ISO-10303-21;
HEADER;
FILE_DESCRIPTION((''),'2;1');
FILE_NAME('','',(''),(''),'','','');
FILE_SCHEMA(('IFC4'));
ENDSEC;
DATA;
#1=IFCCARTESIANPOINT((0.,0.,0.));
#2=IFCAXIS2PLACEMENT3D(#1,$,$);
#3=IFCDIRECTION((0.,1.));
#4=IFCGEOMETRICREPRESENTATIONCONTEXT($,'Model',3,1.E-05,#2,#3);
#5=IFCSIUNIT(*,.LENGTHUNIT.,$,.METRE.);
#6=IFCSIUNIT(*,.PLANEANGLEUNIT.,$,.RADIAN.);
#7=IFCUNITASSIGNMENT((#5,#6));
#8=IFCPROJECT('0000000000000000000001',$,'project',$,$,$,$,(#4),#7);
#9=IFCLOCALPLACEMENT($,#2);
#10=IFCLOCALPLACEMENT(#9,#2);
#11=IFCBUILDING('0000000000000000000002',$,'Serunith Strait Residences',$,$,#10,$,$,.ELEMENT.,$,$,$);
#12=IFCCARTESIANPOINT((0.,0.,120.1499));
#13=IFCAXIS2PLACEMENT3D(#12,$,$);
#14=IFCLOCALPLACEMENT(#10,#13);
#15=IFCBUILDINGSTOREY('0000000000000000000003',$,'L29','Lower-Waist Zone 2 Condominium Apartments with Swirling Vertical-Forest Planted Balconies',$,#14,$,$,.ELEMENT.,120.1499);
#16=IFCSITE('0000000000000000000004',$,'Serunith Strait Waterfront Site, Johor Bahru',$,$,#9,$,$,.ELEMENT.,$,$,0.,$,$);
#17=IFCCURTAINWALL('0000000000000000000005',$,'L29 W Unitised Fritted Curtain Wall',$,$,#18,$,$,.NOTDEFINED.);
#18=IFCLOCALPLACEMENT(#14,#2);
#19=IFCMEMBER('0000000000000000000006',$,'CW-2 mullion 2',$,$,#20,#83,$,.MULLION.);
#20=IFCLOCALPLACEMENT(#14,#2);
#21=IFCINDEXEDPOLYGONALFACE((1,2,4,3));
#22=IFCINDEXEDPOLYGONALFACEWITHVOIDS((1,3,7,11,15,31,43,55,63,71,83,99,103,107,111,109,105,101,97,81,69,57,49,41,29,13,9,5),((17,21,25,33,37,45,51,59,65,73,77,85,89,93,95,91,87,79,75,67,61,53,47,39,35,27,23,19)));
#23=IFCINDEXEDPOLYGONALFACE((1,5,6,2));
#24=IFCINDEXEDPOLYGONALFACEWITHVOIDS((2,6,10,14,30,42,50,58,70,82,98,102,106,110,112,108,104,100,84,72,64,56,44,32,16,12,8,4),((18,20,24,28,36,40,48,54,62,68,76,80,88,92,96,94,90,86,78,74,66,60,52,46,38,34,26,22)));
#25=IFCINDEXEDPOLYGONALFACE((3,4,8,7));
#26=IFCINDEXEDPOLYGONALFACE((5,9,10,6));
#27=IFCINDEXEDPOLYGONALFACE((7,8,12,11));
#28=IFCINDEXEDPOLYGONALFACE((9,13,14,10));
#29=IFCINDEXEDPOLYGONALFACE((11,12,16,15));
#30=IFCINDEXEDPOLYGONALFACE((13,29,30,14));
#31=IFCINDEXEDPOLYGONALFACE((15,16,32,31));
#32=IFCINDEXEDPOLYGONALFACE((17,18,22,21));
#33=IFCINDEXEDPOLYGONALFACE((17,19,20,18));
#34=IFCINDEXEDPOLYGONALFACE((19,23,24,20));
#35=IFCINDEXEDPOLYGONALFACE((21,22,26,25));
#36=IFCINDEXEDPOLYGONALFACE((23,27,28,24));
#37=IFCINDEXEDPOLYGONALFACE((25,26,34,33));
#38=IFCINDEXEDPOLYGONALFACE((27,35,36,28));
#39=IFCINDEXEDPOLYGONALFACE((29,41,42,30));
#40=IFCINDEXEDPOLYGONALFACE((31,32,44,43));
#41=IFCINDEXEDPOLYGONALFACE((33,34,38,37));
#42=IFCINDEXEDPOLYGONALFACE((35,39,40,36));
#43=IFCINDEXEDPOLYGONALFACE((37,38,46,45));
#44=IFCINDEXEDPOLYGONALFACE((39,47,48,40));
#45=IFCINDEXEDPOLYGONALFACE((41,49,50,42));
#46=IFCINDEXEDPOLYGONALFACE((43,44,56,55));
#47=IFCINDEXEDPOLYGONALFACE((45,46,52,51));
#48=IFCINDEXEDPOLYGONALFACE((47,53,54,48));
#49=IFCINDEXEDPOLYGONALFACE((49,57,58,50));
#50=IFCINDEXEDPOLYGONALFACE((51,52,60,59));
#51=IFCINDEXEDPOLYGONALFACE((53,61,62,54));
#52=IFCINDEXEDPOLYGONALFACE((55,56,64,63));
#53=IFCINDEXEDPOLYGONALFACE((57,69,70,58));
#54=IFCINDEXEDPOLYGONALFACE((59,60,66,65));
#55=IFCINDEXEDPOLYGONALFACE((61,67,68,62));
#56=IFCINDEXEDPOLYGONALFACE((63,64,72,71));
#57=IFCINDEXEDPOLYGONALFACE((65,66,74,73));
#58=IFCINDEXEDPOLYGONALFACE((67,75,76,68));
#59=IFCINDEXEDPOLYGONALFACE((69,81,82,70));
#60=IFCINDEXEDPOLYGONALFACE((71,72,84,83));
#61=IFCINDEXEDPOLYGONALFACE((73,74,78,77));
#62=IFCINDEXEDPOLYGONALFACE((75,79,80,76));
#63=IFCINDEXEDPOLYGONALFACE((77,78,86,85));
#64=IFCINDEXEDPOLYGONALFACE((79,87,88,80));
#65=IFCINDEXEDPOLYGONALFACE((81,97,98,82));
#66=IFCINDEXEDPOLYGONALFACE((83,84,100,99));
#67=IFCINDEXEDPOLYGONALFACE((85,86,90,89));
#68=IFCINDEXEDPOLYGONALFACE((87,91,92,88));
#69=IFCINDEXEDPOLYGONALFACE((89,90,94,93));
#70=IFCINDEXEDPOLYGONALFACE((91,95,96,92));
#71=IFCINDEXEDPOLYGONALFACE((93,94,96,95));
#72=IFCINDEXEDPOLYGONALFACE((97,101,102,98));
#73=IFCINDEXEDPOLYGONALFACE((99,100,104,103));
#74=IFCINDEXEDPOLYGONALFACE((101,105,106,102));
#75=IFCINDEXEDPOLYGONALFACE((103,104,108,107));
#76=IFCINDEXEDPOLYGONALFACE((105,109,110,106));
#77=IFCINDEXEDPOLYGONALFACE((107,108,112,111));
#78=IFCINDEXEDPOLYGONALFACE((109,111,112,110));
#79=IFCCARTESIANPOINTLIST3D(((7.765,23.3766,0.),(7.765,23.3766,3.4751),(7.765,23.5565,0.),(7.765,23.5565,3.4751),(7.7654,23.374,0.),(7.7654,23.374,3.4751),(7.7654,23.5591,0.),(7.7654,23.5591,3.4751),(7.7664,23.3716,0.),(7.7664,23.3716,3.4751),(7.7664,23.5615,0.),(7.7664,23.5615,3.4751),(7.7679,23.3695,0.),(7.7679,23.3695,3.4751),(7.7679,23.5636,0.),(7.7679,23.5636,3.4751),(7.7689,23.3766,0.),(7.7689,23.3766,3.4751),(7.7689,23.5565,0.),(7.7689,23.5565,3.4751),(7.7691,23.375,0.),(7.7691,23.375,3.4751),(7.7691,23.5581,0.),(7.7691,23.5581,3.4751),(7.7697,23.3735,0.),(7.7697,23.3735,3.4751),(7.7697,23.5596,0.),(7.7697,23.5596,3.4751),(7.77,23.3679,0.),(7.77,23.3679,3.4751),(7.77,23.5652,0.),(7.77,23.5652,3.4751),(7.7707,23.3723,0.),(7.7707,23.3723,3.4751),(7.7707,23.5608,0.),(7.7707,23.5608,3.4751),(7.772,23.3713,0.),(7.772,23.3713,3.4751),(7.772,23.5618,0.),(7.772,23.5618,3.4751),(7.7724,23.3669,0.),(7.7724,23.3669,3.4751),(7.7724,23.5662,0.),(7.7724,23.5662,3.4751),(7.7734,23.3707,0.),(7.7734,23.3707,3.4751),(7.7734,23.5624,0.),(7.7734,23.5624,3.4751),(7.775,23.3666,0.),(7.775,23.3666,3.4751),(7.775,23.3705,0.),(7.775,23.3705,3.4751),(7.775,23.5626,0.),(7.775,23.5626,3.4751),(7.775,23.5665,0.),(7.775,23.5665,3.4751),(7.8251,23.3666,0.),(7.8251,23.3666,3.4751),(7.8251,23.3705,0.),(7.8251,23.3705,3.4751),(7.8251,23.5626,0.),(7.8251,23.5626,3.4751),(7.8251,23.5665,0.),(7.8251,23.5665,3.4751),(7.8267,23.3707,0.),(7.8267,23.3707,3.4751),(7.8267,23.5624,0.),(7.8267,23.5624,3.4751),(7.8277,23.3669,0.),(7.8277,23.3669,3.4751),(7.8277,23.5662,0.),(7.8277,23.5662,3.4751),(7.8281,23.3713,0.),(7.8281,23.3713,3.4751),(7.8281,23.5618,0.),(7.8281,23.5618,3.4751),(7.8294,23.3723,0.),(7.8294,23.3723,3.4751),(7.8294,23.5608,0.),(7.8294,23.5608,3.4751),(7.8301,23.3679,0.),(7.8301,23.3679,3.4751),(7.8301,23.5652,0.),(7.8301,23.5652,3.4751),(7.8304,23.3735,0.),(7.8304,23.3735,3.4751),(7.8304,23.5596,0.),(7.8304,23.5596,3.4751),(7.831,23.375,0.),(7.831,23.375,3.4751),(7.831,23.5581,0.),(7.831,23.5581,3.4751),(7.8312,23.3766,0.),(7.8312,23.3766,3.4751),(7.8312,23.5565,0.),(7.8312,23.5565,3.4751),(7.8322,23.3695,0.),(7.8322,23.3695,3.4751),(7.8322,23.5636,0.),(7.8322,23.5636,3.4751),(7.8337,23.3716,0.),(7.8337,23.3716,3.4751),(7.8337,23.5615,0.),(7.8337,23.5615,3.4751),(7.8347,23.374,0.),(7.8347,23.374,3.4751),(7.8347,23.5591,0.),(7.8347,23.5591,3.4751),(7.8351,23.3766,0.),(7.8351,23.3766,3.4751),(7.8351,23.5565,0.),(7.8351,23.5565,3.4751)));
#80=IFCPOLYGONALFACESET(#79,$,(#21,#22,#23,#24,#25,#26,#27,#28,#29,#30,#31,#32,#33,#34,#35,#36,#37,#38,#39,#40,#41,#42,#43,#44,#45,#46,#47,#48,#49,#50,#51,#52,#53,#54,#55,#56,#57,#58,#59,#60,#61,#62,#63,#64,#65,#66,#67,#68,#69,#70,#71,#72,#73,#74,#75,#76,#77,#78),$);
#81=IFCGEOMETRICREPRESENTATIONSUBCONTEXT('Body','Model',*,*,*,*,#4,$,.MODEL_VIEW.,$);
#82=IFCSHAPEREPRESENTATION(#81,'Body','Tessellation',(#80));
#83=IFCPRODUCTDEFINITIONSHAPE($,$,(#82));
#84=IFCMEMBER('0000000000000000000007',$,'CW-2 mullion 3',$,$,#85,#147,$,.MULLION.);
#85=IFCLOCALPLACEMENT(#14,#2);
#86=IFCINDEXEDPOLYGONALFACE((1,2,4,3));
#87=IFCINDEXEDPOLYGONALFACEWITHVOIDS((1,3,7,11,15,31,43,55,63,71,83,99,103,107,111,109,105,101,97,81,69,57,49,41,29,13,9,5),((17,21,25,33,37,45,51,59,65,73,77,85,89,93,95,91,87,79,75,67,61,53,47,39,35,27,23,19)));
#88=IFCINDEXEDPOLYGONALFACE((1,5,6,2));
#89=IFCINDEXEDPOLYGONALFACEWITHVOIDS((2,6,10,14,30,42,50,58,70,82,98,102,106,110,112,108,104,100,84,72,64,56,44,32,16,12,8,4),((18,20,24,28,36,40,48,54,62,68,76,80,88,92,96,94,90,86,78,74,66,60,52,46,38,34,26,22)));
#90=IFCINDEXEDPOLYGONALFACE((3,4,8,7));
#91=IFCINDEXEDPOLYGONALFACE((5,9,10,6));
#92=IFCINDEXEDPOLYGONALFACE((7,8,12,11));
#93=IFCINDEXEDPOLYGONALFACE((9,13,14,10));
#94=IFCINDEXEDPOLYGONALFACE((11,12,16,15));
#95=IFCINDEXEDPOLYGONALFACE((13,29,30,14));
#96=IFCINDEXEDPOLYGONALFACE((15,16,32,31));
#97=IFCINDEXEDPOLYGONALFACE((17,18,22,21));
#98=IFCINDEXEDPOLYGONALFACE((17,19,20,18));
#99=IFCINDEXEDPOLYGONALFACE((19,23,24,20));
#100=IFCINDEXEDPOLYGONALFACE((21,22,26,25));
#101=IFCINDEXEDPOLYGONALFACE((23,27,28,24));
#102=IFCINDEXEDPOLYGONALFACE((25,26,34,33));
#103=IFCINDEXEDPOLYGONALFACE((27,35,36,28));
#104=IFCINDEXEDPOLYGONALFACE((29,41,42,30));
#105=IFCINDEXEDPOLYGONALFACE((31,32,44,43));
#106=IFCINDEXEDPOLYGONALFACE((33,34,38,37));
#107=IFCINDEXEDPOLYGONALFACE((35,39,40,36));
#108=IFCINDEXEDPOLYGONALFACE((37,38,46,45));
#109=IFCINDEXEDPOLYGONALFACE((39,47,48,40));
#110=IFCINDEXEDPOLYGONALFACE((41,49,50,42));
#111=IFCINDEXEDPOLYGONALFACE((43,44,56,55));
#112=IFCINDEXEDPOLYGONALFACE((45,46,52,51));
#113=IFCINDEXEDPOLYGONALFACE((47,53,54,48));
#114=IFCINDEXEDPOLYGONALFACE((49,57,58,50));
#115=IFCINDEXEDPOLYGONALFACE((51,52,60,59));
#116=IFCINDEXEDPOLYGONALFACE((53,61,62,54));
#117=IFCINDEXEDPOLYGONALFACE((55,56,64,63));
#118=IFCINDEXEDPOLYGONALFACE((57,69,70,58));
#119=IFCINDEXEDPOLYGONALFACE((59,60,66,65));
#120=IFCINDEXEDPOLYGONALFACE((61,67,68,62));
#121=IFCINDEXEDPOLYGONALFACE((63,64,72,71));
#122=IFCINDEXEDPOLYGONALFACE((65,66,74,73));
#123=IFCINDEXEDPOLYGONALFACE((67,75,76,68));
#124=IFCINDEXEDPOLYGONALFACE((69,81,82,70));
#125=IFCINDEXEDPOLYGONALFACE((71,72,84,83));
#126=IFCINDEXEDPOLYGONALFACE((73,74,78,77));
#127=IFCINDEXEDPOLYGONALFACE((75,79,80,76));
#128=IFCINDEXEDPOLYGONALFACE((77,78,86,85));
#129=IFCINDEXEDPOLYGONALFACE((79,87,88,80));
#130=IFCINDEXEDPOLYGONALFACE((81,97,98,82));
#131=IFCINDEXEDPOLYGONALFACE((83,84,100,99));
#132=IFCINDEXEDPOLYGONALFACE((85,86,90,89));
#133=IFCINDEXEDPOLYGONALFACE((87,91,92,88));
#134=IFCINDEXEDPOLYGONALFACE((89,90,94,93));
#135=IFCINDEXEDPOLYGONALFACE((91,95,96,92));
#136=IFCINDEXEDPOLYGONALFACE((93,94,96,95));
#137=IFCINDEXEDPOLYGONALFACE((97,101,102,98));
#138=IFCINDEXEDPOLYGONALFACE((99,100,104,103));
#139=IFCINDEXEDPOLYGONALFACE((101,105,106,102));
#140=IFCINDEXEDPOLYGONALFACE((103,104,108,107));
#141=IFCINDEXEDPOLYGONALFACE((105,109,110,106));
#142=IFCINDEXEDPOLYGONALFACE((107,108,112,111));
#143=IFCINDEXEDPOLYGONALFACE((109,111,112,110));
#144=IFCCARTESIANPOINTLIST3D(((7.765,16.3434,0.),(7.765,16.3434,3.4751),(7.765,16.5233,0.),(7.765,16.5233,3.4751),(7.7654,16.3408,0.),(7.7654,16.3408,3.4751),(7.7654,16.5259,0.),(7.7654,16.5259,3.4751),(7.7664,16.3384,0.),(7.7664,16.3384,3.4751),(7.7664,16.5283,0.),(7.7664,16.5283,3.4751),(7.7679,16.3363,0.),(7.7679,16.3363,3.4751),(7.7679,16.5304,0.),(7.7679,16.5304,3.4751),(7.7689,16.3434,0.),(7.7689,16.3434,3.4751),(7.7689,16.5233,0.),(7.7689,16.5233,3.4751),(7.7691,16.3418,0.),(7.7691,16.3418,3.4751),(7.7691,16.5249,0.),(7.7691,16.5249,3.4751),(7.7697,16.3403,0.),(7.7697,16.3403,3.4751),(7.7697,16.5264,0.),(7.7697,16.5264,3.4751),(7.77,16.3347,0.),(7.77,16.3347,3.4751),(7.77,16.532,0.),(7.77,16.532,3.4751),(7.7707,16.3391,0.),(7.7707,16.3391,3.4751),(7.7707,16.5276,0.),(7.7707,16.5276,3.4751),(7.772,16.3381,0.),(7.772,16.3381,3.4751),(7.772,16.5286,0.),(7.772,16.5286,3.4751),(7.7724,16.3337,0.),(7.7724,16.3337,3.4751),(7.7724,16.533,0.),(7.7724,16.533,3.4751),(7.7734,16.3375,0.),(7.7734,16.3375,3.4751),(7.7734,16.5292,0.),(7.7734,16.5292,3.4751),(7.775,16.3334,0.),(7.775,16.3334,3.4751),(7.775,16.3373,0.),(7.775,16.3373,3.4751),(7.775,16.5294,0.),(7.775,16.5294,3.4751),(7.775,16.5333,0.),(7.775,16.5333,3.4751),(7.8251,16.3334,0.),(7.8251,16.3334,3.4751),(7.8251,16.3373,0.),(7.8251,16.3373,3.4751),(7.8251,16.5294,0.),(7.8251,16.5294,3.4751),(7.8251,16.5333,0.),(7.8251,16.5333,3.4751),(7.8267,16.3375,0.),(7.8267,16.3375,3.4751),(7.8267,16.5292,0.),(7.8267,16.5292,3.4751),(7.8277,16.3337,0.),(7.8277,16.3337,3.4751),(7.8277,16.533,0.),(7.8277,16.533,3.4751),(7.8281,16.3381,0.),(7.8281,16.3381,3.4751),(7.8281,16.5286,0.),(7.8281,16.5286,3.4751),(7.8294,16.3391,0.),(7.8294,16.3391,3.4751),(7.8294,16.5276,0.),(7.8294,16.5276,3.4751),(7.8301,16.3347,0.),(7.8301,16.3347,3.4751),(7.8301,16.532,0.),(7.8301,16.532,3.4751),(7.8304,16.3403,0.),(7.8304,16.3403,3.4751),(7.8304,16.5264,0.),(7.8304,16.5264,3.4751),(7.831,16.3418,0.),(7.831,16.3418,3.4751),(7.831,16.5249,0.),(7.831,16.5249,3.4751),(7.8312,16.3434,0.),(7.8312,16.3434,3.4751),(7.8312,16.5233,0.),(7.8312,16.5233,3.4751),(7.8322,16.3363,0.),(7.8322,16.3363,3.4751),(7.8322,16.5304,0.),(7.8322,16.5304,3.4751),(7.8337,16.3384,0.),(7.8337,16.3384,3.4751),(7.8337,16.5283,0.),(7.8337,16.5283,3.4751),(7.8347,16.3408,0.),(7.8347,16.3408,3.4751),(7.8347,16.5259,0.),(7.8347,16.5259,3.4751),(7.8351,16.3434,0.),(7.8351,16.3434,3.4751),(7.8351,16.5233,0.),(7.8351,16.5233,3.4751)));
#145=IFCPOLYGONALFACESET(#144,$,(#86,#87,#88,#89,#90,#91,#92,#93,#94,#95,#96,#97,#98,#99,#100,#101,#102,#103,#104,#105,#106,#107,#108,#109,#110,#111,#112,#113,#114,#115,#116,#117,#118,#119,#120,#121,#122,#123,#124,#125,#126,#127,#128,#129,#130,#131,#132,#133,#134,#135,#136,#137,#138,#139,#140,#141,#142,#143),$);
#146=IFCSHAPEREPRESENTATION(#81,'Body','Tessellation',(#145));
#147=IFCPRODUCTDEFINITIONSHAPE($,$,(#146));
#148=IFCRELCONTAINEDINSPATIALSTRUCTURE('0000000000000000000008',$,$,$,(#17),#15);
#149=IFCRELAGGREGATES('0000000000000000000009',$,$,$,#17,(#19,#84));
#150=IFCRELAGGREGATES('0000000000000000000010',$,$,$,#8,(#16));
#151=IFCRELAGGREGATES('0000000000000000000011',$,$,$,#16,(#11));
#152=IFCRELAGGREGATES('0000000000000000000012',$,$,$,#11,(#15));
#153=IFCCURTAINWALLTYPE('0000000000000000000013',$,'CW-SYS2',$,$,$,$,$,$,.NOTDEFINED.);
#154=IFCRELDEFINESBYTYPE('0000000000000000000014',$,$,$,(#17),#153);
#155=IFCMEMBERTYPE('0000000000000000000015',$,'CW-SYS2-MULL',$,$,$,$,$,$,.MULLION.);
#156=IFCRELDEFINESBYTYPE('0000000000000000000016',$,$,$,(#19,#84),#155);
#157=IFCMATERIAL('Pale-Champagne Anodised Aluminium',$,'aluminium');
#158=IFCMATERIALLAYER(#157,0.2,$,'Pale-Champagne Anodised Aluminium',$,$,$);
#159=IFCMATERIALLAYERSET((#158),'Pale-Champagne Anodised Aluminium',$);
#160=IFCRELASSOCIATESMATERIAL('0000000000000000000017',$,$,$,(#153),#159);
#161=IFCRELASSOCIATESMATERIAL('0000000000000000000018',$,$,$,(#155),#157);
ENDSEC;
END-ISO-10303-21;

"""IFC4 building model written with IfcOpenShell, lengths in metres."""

from ifc_helpers import new_model, si_unit, direction, frame, origin, origin_2d, place, context, subcontext, project, spatial, hollow_rectangle, extrude, source, transform, mapped, material, layer, layer_set, material_profile, profile_set, type_object, element, aggregate, save


model = new_model("IFC4")

# Units and contexts
model_context = context("Model", 3, precision=1e-05, world=origin(), true_north=direction((0.0, 1.0)))
body_context = subcontext(model_context, "Body", "Model", "MODEL_VIEW")
ifc_project = project(units=[si_unit("LENGTHUNIT", "METRE"), si_unit("PLANEANGLEUNIT", "RADIAN")], contexts=[model_context])

# Site, building, storey
site_placement = place(None, origin())
site = spatial("IfcSite", under=ifc_project, at=site_placement, Name="Serunith Strait Waterfront Site, Johor Bahru", CompositionType="ELEMENT", RefElevation=0.0)
building_placement = place(site_placement, origin())
building = spatial("IfcBuilding", under=site, at=building_placement, Name="Serunith Strait Residences", CompositionType="ELEMENT")
storey_placement = place(building_placement, frame((0.0, 0.0, 120.1499)))
storey = spatial("IfcBuildingStorey", under=building, at=storey_placement, Name="L29", Description="Lower-Waist Zone 2 Condominium Apartments with Swirling Vertical-Forest Planted Balconies", CompositionType="ELEMENT", Elevation=120.1499)

# Curtain wall, members
ifc_material_1 = material(Name="Pale-Champagne Anodised Aluminium", Category="aluminium")
ifc_layer_1 = layer(ifc_material_1, 0.2, Name="Pale-Champagne Anodised Aluminium")
ifc_layer_set_1 = layer_set([ifc_layer_1], Name="Pale-Champagne Anodised Aluminium")
curtain_wall_type = type_object("IfcCurtainWallType", Name="CW-SYS2", PredefinedType="NOTDEFINED", material=ifc_layer_set_1)
curtain_wall_placement = place(storey_placement, origin())
curtain_wall = element("IfcCurtainWall", 1, at=curtain_wall_placement, inside=storey, type_object=curtain_wall_type, Name="L29 W Unitised Fritted Curtain Wall", PredefinedType="NOTDEFINED")
ifc_material_profile_1 = material_profile(ifc_material_1, hollow_rectangle(XDim=0.0701, YDim=0.2, WallThickness=0.0039, InnerFilletRadius=0.0061, OuterFilletRadius=0.01, at=origin_2d()), Name="ALU 200x70x4")
ifc_profile_set_1 = profile_set([ifc_material_profile_1], Name="Pale-Champagne Anodised Aluminium")
member_type_1 = type_object("IfcMemberType", Name="CW-SYS2-MULL", PredefinedType="MULLION", material=ifc_profile_set_1)
shared_shape_1 = source(origin(), body_context, "Body", "SweptSolid", [
    extrude(hollow_rectangle(XDim=0.0701, YDim=0.2, WallThickness=0.0039, InnerFilletRadius=0.0061, OuterFilletRadius=0.01, at=origin_2d()), origin(), (0.0, 0.0, 1.0), 3.4751),
])
member_1_placement = place(storey_placement, frame((7.8, 23.4666, 0.0), z_axis=(0.0, 0.0, 1.0), x_axis=(1.0, 0.0, 0.0)))
member_1 = element("IfcMember", 2, at=member_1_placement, type_object=member_type_1, Name="CW-2 mullion 2", PredefinedType="MULLION", context=body_context, shape_type="MappedRepresentation", body=[
    mapped(shared_shape_1, transform((0.0, 0.0, 0.0), scale=1.0)),
])
member_2_placement = place(storey_placement, frame((7.8, 16.4333, 0.0), z_axis=(0.0, 0.0, 1.0), x_axis=(1.0, 0.0, 0.0)))
member_2 = element("IfcMember", 3, at=member_2_placement, type_object=member_type_1, Name="CW-2 mullion 3", PredefinedType="MULLION", context=body_context, shape_type="MappedRepresentation", body=[
    mapped(shared_shape_1, transform((0.0, 0.0, 0.0), scale=1.0)),
])
aggregate(curtain_wall, [member_1, member_2])

save(model, "model.ifc")
